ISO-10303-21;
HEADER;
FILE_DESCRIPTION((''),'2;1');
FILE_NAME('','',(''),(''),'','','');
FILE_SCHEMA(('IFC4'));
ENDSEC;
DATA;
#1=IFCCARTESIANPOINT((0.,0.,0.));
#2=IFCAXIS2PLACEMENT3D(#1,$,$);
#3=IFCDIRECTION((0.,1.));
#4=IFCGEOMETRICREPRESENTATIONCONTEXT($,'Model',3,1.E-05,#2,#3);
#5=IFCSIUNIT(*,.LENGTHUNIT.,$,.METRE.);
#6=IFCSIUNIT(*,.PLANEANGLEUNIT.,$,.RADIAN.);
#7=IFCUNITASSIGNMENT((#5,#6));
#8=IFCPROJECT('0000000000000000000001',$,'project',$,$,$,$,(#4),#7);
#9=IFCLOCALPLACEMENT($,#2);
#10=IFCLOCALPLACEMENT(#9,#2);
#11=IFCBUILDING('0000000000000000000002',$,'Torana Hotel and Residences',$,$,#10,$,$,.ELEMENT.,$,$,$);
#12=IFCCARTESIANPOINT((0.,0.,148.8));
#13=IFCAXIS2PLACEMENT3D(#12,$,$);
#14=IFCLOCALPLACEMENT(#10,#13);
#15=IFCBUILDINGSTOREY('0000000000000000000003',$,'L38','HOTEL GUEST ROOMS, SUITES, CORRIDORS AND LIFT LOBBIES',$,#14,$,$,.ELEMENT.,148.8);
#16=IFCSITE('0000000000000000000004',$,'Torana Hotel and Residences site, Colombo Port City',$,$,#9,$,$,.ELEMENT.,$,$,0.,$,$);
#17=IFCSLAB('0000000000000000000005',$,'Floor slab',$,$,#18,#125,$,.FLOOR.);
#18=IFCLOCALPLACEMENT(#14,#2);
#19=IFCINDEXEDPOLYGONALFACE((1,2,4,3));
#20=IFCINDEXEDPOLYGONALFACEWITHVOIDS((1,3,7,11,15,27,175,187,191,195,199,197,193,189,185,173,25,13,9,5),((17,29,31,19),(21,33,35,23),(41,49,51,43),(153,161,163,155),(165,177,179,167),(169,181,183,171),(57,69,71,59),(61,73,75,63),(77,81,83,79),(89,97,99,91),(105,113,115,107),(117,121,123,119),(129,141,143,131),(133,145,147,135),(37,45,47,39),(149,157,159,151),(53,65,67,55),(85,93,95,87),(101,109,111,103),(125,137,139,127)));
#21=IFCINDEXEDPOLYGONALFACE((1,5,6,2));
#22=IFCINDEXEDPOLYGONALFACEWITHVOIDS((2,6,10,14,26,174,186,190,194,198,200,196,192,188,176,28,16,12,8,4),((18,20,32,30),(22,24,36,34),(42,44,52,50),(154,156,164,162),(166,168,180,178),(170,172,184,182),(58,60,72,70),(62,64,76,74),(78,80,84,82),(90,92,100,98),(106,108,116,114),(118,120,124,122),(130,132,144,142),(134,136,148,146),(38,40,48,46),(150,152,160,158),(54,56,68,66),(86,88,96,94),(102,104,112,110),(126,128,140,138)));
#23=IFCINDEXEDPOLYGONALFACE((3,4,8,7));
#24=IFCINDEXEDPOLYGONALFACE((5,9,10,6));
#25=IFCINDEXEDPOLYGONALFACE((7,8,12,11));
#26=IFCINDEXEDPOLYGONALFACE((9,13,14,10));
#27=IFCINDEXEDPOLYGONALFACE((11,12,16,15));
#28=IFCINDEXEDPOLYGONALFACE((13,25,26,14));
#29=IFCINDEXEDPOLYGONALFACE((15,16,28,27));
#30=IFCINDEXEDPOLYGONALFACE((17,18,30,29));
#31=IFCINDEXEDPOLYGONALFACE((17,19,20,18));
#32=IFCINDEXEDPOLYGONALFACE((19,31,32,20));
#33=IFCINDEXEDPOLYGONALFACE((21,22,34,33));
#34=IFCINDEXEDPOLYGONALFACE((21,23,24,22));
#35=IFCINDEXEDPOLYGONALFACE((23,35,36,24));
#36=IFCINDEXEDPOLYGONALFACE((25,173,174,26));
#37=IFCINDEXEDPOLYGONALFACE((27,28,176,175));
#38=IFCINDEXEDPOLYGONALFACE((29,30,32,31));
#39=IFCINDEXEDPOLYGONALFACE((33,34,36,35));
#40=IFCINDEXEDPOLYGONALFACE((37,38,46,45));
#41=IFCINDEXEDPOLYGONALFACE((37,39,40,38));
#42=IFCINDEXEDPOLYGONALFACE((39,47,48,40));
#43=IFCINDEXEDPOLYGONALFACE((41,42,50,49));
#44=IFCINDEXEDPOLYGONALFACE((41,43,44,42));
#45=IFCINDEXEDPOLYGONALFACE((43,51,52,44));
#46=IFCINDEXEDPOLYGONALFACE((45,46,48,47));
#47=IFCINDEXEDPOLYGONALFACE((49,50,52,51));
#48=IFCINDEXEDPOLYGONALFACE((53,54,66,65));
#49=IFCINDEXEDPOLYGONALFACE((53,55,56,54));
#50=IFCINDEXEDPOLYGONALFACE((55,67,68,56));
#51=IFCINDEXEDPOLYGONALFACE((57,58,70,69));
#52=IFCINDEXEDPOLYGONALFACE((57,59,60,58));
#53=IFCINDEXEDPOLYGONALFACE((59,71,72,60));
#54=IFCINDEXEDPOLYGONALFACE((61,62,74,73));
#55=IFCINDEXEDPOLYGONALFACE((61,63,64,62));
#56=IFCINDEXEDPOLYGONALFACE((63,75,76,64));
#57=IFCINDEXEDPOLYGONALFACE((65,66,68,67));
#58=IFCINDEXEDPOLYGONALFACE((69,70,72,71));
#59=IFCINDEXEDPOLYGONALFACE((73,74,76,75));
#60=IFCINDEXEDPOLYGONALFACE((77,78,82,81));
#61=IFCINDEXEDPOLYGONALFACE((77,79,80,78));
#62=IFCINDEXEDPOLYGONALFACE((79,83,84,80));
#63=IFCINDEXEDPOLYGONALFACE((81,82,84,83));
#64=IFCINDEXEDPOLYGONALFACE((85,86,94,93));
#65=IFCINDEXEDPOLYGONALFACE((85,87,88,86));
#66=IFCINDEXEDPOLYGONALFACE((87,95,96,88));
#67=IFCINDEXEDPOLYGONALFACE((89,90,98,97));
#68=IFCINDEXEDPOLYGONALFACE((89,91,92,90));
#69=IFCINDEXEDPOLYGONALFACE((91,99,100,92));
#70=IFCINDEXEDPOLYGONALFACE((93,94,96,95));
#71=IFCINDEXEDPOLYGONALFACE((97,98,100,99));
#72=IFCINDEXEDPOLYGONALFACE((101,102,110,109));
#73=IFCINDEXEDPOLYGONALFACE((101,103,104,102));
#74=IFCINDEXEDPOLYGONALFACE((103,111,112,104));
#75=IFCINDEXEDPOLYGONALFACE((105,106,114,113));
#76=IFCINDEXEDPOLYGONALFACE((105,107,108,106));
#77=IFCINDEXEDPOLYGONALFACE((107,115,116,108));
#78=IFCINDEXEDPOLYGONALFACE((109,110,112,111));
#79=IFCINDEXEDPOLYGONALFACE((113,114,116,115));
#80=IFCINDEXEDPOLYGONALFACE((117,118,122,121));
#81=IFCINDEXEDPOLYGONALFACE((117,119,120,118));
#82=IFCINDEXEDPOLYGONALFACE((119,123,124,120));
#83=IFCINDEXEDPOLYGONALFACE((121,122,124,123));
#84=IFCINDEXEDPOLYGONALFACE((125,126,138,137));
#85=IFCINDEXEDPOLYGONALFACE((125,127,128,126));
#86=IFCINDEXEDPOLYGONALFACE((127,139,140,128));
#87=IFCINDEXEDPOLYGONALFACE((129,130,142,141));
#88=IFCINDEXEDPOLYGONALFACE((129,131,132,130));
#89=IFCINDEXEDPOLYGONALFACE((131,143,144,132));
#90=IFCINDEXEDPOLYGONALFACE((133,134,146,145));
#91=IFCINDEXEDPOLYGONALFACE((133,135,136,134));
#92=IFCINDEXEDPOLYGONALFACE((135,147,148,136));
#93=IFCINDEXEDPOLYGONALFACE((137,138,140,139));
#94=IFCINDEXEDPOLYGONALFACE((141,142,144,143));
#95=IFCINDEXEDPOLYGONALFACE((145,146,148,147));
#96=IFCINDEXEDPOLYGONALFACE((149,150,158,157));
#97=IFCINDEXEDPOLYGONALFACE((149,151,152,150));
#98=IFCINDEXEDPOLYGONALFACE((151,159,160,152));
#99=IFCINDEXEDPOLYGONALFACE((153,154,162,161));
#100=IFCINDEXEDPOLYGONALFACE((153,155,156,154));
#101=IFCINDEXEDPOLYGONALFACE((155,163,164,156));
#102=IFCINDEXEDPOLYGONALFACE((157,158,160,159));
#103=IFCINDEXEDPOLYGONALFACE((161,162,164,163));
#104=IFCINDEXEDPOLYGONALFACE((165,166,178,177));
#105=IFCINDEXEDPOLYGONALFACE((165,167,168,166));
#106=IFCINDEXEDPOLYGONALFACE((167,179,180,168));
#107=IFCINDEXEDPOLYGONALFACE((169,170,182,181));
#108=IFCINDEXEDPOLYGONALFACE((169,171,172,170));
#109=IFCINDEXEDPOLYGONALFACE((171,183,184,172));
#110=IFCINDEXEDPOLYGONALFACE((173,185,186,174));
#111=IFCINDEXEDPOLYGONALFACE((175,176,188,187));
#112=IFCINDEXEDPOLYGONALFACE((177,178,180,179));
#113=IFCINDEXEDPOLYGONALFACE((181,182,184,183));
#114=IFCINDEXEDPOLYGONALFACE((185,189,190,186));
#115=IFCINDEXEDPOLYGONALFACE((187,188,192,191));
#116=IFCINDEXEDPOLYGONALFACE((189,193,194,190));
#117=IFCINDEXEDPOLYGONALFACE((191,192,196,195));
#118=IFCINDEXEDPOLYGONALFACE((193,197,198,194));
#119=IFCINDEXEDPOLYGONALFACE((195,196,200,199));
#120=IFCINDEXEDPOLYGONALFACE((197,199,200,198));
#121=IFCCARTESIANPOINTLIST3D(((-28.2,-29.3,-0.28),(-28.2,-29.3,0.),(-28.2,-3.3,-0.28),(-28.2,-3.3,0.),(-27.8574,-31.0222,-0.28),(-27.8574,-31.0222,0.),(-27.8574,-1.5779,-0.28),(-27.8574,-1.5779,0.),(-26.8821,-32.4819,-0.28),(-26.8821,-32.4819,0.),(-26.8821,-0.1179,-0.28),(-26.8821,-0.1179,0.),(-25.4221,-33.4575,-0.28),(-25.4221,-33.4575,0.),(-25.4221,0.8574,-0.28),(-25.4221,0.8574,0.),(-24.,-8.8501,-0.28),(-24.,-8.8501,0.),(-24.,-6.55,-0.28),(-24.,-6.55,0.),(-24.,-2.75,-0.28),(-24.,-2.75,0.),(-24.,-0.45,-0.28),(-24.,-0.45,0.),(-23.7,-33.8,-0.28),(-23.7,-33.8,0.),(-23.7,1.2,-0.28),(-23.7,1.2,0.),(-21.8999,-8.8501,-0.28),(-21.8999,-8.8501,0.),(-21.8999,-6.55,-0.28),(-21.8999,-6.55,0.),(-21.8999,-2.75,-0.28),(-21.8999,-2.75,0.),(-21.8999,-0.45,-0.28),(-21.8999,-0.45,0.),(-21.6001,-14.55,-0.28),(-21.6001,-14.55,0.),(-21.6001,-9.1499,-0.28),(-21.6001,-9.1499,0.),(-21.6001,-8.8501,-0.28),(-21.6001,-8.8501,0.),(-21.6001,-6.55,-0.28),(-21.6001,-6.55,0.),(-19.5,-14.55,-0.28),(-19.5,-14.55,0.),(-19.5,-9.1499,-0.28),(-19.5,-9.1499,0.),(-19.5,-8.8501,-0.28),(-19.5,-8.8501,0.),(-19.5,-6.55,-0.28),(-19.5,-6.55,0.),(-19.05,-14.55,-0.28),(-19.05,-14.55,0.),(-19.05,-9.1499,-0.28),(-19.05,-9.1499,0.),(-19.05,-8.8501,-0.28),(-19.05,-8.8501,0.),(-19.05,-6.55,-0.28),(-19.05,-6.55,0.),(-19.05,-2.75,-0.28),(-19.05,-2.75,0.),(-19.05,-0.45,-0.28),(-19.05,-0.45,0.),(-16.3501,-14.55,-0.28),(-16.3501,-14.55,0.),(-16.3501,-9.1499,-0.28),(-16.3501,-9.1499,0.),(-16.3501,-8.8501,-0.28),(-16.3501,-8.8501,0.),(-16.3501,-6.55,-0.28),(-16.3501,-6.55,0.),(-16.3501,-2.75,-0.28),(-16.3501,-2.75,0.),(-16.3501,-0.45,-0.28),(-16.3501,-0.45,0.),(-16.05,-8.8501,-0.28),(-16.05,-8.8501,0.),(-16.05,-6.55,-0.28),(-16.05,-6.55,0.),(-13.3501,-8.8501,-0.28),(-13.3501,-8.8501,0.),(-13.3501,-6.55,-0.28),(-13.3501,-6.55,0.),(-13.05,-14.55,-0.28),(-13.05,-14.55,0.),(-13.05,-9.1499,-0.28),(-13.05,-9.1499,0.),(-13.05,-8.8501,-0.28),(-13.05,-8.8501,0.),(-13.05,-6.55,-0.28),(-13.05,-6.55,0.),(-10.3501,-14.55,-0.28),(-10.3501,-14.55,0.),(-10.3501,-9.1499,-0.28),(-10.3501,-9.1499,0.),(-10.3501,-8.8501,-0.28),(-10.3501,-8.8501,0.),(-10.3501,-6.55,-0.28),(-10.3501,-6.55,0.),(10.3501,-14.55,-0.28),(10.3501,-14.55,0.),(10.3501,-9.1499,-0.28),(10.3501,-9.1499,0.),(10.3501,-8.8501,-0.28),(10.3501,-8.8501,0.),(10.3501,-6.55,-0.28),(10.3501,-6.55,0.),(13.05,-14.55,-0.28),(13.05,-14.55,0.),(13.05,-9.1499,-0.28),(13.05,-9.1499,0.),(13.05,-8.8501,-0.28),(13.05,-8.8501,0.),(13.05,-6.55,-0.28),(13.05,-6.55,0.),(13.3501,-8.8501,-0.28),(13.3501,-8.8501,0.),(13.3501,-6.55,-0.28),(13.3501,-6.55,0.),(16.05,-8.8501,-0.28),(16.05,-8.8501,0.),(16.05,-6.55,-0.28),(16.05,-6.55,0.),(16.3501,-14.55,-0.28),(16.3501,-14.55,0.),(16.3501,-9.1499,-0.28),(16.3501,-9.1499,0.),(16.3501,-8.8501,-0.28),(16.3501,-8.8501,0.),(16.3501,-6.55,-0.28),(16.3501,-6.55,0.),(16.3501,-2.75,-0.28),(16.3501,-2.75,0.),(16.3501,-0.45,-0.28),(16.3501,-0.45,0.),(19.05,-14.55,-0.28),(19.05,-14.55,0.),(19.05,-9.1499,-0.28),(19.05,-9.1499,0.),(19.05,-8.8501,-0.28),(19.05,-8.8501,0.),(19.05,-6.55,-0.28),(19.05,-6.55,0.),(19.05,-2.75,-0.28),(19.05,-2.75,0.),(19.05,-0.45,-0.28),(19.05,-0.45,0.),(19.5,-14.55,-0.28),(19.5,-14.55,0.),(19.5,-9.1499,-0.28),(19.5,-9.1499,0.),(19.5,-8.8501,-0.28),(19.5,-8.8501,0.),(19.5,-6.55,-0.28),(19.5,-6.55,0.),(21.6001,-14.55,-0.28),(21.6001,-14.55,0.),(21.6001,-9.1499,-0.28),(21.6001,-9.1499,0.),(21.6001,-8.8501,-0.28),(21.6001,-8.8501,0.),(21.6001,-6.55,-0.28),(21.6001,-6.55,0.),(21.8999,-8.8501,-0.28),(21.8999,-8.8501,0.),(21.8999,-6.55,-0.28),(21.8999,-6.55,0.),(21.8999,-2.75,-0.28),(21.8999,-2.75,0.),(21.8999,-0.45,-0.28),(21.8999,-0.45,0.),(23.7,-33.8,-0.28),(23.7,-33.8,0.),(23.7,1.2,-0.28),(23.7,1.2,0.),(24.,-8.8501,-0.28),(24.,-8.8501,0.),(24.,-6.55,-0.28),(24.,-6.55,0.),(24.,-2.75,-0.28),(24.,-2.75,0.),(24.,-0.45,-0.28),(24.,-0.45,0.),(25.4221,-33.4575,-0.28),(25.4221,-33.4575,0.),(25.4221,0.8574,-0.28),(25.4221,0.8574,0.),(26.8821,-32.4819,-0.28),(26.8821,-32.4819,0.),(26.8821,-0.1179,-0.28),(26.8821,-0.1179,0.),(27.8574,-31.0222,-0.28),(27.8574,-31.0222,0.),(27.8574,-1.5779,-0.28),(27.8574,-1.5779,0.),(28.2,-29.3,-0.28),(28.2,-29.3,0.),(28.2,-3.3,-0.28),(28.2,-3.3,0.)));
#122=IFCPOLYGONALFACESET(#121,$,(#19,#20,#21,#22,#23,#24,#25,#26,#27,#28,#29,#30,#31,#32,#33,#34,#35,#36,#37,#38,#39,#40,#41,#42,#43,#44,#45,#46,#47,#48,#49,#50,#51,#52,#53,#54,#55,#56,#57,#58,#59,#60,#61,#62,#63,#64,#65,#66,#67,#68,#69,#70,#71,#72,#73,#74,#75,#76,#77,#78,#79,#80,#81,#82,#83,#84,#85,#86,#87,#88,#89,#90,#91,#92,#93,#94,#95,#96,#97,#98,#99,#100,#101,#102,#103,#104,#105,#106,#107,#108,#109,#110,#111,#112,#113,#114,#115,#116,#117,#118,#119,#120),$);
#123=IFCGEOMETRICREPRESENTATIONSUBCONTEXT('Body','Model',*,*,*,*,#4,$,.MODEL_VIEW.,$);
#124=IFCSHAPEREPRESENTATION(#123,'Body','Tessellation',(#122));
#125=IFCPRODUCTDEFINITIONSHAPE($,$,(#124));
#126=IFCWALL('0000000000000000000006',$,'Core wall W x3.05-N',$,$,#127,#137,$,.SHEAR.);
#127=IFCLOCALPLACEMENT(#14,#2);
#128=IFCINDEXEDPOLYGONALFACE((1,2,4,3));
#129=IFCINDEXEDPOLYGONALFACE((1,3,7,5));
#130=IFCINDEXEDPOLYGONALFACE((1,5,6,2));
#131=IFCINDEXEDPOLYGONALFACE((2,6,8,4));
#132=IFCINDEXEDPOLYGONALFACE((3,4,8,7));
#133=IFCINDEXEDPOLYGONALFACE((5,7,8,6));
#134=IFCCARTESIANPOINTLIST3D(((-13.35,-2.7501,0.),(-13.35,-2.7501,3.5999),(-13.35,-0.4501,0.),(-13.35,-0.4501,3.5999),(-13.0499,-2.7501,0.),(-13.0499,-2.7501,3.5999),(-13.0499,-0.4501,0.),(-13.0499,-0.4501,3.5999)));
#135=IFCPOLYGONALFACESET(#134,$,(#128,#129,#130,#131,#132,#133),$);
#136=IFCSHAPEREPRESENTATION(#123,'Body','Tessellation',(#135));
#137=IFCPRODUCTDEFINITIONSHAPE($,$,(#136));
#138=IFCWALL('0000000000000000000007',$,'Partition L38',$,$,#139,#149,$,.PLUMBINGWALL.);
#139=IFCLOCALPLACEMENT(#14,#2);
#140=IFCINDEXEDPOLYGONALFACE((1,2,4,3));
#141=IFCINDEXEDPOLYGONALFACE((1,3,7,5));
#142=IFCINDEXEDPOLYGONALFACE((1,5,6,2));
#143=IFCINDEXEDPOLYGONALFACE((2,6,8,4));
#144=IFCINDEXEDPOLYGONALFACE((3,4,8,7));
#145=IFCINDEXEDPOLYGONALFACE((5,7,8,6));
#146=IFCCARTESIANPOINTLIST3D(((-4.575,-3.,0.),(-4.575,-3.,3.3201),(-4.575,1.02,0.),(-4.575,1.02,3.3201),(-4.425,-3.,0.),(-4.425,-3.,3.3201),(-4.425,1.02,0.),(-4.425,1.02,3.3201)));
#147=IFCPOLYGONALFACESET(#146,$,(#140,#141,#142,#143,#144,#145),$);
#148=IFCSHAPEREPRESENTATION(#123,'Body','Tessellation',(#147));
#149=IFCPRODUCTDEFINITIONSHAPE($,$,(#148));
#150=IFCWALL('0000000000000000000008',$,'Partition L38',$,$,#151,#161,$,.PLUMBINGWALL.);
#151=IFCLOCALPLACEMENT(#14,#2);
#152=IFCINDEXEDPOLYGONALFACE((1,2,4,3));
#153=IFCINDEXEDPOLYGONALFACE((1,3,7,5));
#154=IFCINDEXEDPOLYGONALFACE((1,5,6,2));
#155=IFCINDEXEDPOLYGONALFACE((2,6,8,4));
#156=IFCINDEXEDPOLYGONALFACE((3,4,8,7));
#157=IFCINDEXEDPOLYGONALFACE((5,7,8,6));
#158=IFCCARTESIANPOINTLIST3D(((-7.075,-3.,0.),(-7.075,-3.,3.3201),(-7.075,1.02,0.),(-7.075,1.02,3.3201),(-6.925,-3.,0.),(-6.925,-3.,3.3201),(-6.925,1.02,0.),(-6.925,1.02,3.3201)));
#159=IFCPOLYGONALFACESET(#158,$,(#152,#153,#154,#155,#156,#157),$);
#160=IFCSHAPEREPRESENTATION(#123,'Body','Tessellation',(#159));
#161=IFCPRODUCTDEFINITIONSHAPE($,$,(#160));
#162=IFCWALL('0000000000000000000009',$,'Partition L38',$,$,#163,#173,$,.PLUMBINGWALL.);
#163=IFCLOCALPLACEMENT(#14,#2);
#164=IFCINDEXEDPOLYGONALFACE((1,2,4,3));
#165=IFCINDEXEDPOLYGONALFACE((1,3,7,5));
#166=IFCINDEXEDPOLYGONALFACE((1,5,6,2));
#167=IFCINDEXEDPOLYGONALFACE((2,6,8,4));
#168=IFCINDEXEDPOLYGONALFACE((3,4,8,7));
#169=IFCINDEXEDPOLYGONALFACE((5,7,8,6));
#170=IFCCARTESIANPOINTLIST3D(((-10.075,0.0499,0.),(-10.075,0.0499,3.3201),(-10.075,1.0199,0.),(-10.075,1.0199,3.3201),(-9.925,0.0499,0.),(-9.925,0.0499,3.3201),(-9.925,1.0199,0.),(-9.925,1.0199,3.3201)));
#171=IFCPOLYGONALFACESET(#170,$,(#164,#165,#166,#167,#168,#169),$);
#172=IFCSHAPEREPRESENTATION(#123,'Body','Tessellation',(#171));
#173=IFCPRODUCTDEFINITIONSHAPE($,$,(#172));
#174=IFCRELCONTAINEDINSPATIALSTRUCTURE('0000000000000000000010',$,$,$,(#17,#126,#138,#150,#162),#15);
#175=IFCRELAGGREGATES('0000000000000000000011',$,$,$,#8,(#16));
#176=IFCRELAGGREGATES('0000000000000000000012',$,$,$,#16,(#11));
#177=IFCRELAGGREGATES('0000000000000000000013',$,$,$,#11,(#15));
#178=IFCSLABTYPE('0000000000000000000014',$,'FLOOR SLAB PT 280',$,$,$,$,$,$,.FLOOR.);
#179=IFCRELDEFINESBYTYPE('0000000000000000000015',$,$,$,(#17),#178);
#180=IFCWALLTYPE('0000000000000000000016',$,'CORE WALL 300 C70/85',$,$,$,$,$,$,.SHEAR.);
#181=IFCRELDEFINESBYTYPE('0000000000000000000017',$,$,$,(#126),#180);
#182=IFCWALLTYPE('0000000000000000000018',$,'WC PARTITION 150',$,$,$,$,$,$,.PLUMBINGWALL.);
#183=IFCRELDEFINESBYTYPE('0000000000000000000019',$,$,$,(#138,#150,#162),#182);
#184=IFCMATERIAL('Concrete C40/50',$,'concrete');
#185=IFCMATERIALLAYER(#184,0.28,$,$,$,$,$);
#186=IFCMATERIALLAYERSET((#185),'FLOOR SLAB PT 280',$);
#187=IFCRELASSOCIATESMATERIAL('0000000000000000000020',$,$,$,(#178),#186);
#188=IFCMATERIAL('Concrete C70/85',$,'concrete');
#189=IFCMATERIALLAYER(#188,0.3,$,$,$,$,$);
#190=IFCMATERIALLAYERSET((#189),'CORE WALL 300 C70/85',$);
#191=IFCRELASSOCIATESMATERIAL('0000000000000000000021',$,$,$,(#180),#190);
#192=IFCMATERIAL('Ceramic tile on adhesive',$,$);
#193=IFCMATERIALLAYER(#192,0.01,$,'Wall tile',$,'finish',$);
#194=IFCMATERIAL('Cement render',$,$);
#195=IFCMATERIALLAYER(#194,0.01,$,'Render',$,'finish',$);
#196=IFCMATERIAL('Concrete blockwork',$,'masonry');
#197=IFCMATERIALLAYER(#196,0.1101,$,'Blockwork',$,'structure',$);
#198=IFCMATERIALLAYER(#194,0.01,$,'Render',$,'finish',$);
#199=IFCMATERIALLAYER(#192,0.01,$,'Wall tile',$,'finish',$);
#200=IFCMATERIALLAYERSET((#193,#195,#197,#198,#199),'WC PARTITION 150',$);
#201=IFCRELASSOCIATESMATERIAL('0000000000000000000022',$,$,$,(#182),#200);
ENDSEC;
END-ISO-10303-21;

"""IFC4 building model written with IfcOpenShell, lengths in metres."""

from ifc_helpers import new_model, si_unit, direction, frame, frame_2d, origin, place, context, subcontext, project, spatial, polyline, rectangle, outline, extrude, material, layer, layer_set, type_object, element, save


model = new_model("IFC4")

# Units and contexts
model_context = context("Model", 3, precision=1e-05, world=origin(), true_north=direction((0.0, 1.0)))
body_context = subcontext(model_context, "Body", "Model", "MODEL_VIEW")
ifc_project = project(units=[si_unit("LENGTHUNIT", "METRE"), si_unit("PLANEANGLEUNIT", "RADIAN")], contexts=[model_context])

# Site, building, storey
site_placement = place(None, origin())
site = spatial("IfcSite", under=ifc_project, at=site_placement, Name="Torana Hotel and Residences site, Colombo Port City", CompositionType="ELEMENT", RefElevation=0.0)
building_placement = place(site_placement, origin())
building = spatial("IfcBuilding", under=site, at=building_placement, Name="Torana Hotel and Residences", CompositionType="ELEMENT")
storey_placement = place(building_placement, frame((0.0, 0.0, 148.8)))
storey = spatial("IfcBuildingStorey", under=building, at=storey_placement, Name="L38", Description="HOTEL GUEST ROOMS, SUITES, CORRIDORS AND LIFT LOBBIES", CompositionType="ELEMENT", Elevation=148.8)

# Slab
ifc_material_1 = material(Name="Concrete C40/50", Category="concrete")
ifc_layer_1 = layer(ifc_material_1, 0.28)
ifc_layer_set_1 = layer_set([ifc_layer_1], Name="FLOOR SLAB PT 280")
slab_type_1 = type_object("IfcSlabType", Name="FLOOR SLAB PT 280", PredefinedType="FLOOR", material=ifc_layer_set_1)
slab_1_placement = place(storey_placement, frame((0.0, 0.0, -0.28)))
element("IfcSlab", 1, at=slab_1_placement, inside=storey, type_object=slab_type_1, Name="Floor slab", PredefinedType="FLOOR", context=body_context, shape_type="SweptSolid", body=[
    extrude(outline(polyline([(28.2, -3.3), (27.8574, -1.5779), (26.8821, -0.1179), (25.4221, 0.8574), (23.7, 1.2), (-23.7, 1.2), (-25.4221, 0.8574), (-26.8821, -0.1179), (-27.8574, -1.5779), (-28.2, -3.3), (-28.2, -29.3), (-27.8574, -31.0222), (-26.8821, -32.4819), (-25.4221, -33.4575), (-23.7, -33.8), (23.7, -33.8), (25.4221, -33.4575), (26.8821, -32.4819), (27.8574, -31.0222), (28.2, -29.3), (28.2, -3.3)]), holes=[polyline([(-13.05, -14.55), (-10.3501, -14.55), (-10.3501, -9.1499), (-13.05, -9.1499), (-13.05, -14.55)]), polyline([(-19.05, -14.55), (-16.3501, -14.55), (-16.3501, -9.1499), (-19.05, -9.1499), (-19.05, -14.55)]), polyline([(-19.05, -2.75), (-16.3501, -2.75), (-16.3501, -0.45), (-19.05, -0.45), (-19.05, -2.75)]), polyline([(-21.6001, -8.8501), (-19.5, -8.8501), (-19.5, -6.55), (-21.6001, -6.55), (-21.6001, -8.8501)]), polyline([(-24.0, -2.75), (-21.8999, -2.75), (-21.8999, -0.45), (-24.0, -0.45), (-24.0, -2.75)]), polyline([(-24.0, -8.8501), (-21.8999, -8.8501), (-21.8999, -6.55), (-24.0, -6.55), (-24.0, -8.8501)]), polyline([(-13.05, -8.8501), (-10.3501, -8.8501), (-10.3501, -6.55), (-13.05, -6.55), (-13.05, -8.8501)]), polyline([(-16.05, -8.8501), (-13.3501, -8.8501), (-13.3501, -6.55), (-16.05, -6.55), (-16.05, -8.8501)]), polyline([(-19.05, -8.8501), (-16.3501, -8.8501), (-16.3501, -6.55), (-19.05, -6.55), (-19.05, -8.8501)]), polyline([(-21.6001, -14.55), (-19.5, -14.55), (-19.5, -9.1499), (-21.6001, -9.1499), (-21.6001, -14.55)]), polyline([(10.3501, -14.55), (13.05, -14.55), (13.05, -9.1499), (10.3501, -9.1499), (10.3501, -14.55)]), polyline([(16.3501, -14.55), (19.05, -14.55), (19.05, -9.1499), (16.3501, -9.1499), (16.3501, -14.55)]), polyline([(16.3501, -2.75), (19.05, -2.75), (19.05, -0.45), (16.3501, -0.45), (16.3501, -2.75)]), polyline([(19.5, -8.8501), (21.6001, -8.8501), (21.6001, -6.55), (19.5, -6.55), (19.5, -8.8501)]), polyline([(21.8999, -2.75), (24.0, -2.75), (24.0, -0.45), (21.8999, -0.45), (21.8999, -2.75)]), polyline([(21.8999, -8.8501), (24.0, -8.8501), (24.0, -6.55), (21.8999, -6.55), (21.8999, -8.8501)]), polyline([(10.3501, -8.8501), (13.05, -8.8501), (13.05, -6.55), (10.3501, -6.55), (10.3501, -8.8501)]), polyline([(13.3501, -8.8501), (16.05, -8.8501), (16.05, -6.55), (13.3501, -6.55), (13.3501, -8.8501)]), polyline([(16.3501, -8.8501), (19.05, -8.8501), (19.05, -6.55), (16.3501, -6.55), (16.3501, -8.8501)]), polyline([(19.5, -14.55), (21.6001, -14.55), (21.6001, -9.1499), (19.5, -9.1499), (19.5, -14.55)])]), origin(), (0.0, 0.0, 1.0), 0.28),
])

# Walls
ifc_material_2 = material(Name="Concrete C70/85", Category="concrete")
ifc_layer_2 = layer(ifc_material_2, 0.3)
ifc_layer_set_2 = layer_set([ifc_layer_2], Name="CORE WALL 300 C70/85")
wall_type_1 = type_object("IfcWallType", Name="CORE WALL 300 C70/85", PredefinedType="SHEAR", material=ifc_layer_set_2)
wall_1_placement = place(storey_placement, frame((-13.2, -2.75, 0.0), z_axis=(0.0, 0.0, 1.0), x_axis=(0.0, 1.0, 0.0)))
element("IfcWall", 2, at=wall_1_placement, inside=storey, type_object=wall_type_1, Name="Core wall W x3.05-N", PredefinedType="SHEAR", context=body_context, shape_type="SweptSolid", body=[
    extrude(rectangle(XDim=2.3, YDim=0.3, at=frame_2d((1.1499, 0.0))), origin(), (0.0, 0.0, 1.0), 3.5999),
])
ifc_material_3 = material(Name="Ceramic tile on adhesive")
ifc_layer_3 = layer(ifc_material_3, 0.01, Name="Wall tile", Category="finish")
ifc_material_4 = material(Name="Cement render")
ifc_layer_4 = layer(ifc_material_4, 0.01, Name="Render", Category="finish")
ifc_material_5 = material(Name="Concrete blockwork", Category="masonry")
ifc_layer_5 = layer(ifc_material_5, 0.1101, Name="Blockwork", Category="structure")
ifc_layer_6 = layer(ifc_material_4, 0.01, Name="Render", Category="finish")
ifc_layer_7 = layer(ifc_material_3, 0.01, Name="Wall tile", Category="finish")
ifc_layer_set_3 = layer_set([ifc_layer_3, ifc_layer_4, ifc_layer_5, ifc_layer_6, ifc_layer_7], Name="WC PARTITION 150")
wall_type_2 = type_object("IfcWallType", Name="WC PARTITION 150", PredefinedType="PLUMBINGWALL", material=ifc_layer_set_3)
for number, where, z_axis, x_axis, name in (
    (3, (-4.5, -3.0, 0.0), (0.0, 0.0, 1.0), (0.0, 1.0, 0.0), "Partition L38"),
    (4, (-7.0, -3.0, 0.0), (0.0, 0.0, 1.0), (0.0, 1.0, 0.0), "Partition L38"),
):
    element("IfcWall", number, at=place(storey_placement, frame(where, z_axis=z_axis, x_axis=x_axis)), inside=storey, type_object=wall_type_2, Name=name, PredefinedType="PLUMBINGWALL", context=body_context, shape_type="SweptSolid", body=[
        extrude(rectangle(XDim=4.02, YDim=0.1499, at=frame_2d((2.01, 0.0))), origin(), (0.0, 0.0, 1.0), 3.3201),
    ])
wall_2_placement = place(storey_placement, frame((-10.0, 0.05, 0.0), z_axis=(0.0, 0.0, 1.0), x_axis=(0.0, 1.0, 0.0)))
element("IfcWall", 5, at=wall_2_placement, inside=storey, type_object=wall_type_2, Name="Partition L38", PredefinedType="PLUMBINGWALL", context=body_context, shape_type="SweptSolid", body=[
    extrude(rectangle(XDim=0.97, YDim=0.1499, at=frame_2d((0.4849, 0.0))), origin(), (0.0, 0.0, 1.0), 3.3201),
])

save(model, "model.ifc")
